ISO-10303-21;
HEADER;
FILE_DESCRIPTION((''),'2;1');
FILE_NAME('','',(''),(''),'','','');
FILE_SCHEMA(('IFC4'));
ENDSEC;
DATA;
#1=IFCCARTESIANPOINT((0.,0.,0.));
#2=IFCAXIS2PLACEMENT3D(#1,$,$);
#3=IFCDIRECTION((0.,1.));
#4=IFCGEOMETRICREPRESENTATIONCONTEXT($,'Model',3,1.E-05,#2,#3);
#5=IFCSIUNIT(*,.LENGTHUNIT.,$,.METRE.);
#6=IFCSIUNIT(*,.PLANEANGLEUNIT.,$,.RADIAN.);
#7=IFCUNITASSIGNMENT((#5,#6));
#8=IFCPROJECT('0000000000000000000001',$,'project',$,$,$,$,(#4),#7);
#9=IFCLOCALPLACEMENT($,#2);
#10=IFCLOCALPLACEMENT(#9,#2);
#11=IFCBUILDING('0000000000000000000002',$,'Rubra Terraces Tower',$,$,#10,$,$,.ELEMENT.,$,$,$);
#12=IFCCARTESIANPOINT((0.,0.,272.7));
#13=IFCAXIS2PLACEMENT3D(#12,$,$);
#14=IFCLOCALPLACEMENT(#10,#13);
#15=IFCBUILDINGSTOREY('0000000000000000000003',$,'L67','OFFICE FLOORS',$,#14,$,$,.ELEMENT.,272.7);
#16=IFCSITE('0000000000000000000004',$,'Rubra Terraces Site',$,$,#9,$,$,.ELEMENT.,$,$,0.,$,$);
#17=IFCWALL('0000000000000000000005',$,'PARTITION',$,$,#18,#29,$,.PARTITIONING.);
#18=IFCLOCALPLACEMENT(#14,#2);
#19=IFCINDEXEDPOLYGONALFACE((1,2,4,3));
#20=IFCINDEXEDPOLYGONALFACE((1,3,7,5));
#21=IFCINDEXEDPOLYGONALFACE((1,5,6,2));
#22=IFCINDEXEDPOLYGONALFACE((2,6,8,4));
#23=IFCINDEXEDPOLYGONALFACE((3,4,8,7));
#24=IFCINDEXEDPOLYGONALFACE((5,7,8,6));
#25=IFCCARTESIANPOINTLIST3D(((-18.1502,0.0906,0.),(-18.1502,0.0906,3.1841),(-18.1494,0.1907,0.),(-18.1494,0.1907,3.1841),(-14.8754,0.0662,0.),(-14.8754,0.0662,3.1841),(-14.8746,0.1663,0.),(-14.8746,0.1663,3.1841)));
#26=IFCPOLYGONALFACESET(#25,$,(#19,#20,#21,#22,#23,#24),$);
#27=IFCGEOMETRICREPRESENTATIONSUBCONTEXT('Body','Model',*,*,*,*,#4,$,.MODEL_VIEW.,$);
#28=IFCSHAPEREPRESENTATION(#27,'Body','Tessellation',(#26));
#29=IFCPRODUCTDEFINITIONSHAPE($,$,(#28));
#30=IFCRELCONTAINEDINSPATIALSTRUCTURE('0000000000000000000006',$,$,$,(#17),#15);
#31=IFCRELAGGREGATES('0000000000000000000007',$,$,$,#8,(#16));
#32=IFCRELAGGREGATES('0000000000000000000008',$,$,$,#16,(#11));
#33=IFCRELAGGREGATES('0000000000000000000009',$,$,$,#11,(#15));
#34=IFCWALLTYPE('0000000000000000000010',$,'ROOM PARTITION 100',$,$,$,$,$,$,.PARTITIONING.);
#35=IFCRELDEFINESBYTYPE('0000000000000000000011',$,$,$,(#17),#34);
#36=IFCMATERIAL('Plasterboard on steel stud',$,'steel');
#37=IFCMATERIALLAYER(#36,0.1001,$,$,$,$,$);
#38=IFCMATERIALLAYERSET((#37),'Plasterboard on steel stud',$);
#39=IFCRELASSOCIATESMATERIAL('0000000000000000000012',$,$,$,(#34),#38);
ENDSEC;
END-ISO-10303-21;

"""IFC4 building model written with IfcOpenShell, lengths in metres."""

from ifc_helpers import new_model, si_unit, direction, frame, frame_2d, origin, place, context, subcontext, project, spatial, rectangle, extrude, material, layer, layer_set, type_object, element, save


model = new_model("IFC4")

# Units and contexts
model_context = context("Model", 3, precision=1e-05, world=origin(), true_north=direction((0.0, 1.0)))
body_context = subcontext(model_context, "Body", "Model", "MODEL_VIEW")
ifc_project = project(units=[si_unit("LENGTHUNIT", "METRE"), si_unit("PLANEANGLEUNIT", "RADIAN")], contexts=[model_context])

# Site, building, storey
site_placement = place(None, origin())
site = spatial("IfcSite", under=ifc_project, at=site_placement, Name="Rubra Terraces Site", CompositionType="ELEMENT", RefElevation=0.0)
building_placement = place(site_placement, origin())
building = spatial("IfcBuilding", under=site, at=building_placement, Name="Rubra Terraces Tower", CompositionType="ELEMENT")
storey_placement = place(building_placement, frame((0.0, 0.0, 272.7)))
storey = spatial("IfcBuildingStorey", under=building, at=storey_placement, Name="L67", Description="OFFICE FLOORS", CompositionType="ELEMENT", Elevation=272.7)

# Shared definitions
ifc_material_1 = material(Name="Plasterboard on steel stud", Category="steel")
ifc_layer_1 = layer(ifc_material_1, 0.1001)
ifc_layer_set_1 = layer_set([ifc_layer_1], Name="Plasterboard on steel stud")
wall_type_1 = type_object("IfcWallType", Name="ROOM PARTITION 100", PredefinedType="PARTITIONING", material=ifc_layer_set_1)

# Wall
wall_1_placement = place(storey_placement, frame((-14.875, 0.1162, 0.0), z_axis=(0.0, 0.0, 1.0), x_axis=(-0.999972, 0.007455, 0.0)))
element("IfcWall", 1, at=wall_1_placement, inside=storey, type_object=wall_type_1, Name="PARTITION", PredefinedType="PARTITIONING", context=body_context, shape_type="SweptSolid", body=[
    extrude(rectangle(XDim=3.2749, YDim=0.1001, at=frame_2d((1.6375, 0.0))), origin(), (0.0, 0.0, 1.0), 3.1841),
])

save(model, "model.ifc")
